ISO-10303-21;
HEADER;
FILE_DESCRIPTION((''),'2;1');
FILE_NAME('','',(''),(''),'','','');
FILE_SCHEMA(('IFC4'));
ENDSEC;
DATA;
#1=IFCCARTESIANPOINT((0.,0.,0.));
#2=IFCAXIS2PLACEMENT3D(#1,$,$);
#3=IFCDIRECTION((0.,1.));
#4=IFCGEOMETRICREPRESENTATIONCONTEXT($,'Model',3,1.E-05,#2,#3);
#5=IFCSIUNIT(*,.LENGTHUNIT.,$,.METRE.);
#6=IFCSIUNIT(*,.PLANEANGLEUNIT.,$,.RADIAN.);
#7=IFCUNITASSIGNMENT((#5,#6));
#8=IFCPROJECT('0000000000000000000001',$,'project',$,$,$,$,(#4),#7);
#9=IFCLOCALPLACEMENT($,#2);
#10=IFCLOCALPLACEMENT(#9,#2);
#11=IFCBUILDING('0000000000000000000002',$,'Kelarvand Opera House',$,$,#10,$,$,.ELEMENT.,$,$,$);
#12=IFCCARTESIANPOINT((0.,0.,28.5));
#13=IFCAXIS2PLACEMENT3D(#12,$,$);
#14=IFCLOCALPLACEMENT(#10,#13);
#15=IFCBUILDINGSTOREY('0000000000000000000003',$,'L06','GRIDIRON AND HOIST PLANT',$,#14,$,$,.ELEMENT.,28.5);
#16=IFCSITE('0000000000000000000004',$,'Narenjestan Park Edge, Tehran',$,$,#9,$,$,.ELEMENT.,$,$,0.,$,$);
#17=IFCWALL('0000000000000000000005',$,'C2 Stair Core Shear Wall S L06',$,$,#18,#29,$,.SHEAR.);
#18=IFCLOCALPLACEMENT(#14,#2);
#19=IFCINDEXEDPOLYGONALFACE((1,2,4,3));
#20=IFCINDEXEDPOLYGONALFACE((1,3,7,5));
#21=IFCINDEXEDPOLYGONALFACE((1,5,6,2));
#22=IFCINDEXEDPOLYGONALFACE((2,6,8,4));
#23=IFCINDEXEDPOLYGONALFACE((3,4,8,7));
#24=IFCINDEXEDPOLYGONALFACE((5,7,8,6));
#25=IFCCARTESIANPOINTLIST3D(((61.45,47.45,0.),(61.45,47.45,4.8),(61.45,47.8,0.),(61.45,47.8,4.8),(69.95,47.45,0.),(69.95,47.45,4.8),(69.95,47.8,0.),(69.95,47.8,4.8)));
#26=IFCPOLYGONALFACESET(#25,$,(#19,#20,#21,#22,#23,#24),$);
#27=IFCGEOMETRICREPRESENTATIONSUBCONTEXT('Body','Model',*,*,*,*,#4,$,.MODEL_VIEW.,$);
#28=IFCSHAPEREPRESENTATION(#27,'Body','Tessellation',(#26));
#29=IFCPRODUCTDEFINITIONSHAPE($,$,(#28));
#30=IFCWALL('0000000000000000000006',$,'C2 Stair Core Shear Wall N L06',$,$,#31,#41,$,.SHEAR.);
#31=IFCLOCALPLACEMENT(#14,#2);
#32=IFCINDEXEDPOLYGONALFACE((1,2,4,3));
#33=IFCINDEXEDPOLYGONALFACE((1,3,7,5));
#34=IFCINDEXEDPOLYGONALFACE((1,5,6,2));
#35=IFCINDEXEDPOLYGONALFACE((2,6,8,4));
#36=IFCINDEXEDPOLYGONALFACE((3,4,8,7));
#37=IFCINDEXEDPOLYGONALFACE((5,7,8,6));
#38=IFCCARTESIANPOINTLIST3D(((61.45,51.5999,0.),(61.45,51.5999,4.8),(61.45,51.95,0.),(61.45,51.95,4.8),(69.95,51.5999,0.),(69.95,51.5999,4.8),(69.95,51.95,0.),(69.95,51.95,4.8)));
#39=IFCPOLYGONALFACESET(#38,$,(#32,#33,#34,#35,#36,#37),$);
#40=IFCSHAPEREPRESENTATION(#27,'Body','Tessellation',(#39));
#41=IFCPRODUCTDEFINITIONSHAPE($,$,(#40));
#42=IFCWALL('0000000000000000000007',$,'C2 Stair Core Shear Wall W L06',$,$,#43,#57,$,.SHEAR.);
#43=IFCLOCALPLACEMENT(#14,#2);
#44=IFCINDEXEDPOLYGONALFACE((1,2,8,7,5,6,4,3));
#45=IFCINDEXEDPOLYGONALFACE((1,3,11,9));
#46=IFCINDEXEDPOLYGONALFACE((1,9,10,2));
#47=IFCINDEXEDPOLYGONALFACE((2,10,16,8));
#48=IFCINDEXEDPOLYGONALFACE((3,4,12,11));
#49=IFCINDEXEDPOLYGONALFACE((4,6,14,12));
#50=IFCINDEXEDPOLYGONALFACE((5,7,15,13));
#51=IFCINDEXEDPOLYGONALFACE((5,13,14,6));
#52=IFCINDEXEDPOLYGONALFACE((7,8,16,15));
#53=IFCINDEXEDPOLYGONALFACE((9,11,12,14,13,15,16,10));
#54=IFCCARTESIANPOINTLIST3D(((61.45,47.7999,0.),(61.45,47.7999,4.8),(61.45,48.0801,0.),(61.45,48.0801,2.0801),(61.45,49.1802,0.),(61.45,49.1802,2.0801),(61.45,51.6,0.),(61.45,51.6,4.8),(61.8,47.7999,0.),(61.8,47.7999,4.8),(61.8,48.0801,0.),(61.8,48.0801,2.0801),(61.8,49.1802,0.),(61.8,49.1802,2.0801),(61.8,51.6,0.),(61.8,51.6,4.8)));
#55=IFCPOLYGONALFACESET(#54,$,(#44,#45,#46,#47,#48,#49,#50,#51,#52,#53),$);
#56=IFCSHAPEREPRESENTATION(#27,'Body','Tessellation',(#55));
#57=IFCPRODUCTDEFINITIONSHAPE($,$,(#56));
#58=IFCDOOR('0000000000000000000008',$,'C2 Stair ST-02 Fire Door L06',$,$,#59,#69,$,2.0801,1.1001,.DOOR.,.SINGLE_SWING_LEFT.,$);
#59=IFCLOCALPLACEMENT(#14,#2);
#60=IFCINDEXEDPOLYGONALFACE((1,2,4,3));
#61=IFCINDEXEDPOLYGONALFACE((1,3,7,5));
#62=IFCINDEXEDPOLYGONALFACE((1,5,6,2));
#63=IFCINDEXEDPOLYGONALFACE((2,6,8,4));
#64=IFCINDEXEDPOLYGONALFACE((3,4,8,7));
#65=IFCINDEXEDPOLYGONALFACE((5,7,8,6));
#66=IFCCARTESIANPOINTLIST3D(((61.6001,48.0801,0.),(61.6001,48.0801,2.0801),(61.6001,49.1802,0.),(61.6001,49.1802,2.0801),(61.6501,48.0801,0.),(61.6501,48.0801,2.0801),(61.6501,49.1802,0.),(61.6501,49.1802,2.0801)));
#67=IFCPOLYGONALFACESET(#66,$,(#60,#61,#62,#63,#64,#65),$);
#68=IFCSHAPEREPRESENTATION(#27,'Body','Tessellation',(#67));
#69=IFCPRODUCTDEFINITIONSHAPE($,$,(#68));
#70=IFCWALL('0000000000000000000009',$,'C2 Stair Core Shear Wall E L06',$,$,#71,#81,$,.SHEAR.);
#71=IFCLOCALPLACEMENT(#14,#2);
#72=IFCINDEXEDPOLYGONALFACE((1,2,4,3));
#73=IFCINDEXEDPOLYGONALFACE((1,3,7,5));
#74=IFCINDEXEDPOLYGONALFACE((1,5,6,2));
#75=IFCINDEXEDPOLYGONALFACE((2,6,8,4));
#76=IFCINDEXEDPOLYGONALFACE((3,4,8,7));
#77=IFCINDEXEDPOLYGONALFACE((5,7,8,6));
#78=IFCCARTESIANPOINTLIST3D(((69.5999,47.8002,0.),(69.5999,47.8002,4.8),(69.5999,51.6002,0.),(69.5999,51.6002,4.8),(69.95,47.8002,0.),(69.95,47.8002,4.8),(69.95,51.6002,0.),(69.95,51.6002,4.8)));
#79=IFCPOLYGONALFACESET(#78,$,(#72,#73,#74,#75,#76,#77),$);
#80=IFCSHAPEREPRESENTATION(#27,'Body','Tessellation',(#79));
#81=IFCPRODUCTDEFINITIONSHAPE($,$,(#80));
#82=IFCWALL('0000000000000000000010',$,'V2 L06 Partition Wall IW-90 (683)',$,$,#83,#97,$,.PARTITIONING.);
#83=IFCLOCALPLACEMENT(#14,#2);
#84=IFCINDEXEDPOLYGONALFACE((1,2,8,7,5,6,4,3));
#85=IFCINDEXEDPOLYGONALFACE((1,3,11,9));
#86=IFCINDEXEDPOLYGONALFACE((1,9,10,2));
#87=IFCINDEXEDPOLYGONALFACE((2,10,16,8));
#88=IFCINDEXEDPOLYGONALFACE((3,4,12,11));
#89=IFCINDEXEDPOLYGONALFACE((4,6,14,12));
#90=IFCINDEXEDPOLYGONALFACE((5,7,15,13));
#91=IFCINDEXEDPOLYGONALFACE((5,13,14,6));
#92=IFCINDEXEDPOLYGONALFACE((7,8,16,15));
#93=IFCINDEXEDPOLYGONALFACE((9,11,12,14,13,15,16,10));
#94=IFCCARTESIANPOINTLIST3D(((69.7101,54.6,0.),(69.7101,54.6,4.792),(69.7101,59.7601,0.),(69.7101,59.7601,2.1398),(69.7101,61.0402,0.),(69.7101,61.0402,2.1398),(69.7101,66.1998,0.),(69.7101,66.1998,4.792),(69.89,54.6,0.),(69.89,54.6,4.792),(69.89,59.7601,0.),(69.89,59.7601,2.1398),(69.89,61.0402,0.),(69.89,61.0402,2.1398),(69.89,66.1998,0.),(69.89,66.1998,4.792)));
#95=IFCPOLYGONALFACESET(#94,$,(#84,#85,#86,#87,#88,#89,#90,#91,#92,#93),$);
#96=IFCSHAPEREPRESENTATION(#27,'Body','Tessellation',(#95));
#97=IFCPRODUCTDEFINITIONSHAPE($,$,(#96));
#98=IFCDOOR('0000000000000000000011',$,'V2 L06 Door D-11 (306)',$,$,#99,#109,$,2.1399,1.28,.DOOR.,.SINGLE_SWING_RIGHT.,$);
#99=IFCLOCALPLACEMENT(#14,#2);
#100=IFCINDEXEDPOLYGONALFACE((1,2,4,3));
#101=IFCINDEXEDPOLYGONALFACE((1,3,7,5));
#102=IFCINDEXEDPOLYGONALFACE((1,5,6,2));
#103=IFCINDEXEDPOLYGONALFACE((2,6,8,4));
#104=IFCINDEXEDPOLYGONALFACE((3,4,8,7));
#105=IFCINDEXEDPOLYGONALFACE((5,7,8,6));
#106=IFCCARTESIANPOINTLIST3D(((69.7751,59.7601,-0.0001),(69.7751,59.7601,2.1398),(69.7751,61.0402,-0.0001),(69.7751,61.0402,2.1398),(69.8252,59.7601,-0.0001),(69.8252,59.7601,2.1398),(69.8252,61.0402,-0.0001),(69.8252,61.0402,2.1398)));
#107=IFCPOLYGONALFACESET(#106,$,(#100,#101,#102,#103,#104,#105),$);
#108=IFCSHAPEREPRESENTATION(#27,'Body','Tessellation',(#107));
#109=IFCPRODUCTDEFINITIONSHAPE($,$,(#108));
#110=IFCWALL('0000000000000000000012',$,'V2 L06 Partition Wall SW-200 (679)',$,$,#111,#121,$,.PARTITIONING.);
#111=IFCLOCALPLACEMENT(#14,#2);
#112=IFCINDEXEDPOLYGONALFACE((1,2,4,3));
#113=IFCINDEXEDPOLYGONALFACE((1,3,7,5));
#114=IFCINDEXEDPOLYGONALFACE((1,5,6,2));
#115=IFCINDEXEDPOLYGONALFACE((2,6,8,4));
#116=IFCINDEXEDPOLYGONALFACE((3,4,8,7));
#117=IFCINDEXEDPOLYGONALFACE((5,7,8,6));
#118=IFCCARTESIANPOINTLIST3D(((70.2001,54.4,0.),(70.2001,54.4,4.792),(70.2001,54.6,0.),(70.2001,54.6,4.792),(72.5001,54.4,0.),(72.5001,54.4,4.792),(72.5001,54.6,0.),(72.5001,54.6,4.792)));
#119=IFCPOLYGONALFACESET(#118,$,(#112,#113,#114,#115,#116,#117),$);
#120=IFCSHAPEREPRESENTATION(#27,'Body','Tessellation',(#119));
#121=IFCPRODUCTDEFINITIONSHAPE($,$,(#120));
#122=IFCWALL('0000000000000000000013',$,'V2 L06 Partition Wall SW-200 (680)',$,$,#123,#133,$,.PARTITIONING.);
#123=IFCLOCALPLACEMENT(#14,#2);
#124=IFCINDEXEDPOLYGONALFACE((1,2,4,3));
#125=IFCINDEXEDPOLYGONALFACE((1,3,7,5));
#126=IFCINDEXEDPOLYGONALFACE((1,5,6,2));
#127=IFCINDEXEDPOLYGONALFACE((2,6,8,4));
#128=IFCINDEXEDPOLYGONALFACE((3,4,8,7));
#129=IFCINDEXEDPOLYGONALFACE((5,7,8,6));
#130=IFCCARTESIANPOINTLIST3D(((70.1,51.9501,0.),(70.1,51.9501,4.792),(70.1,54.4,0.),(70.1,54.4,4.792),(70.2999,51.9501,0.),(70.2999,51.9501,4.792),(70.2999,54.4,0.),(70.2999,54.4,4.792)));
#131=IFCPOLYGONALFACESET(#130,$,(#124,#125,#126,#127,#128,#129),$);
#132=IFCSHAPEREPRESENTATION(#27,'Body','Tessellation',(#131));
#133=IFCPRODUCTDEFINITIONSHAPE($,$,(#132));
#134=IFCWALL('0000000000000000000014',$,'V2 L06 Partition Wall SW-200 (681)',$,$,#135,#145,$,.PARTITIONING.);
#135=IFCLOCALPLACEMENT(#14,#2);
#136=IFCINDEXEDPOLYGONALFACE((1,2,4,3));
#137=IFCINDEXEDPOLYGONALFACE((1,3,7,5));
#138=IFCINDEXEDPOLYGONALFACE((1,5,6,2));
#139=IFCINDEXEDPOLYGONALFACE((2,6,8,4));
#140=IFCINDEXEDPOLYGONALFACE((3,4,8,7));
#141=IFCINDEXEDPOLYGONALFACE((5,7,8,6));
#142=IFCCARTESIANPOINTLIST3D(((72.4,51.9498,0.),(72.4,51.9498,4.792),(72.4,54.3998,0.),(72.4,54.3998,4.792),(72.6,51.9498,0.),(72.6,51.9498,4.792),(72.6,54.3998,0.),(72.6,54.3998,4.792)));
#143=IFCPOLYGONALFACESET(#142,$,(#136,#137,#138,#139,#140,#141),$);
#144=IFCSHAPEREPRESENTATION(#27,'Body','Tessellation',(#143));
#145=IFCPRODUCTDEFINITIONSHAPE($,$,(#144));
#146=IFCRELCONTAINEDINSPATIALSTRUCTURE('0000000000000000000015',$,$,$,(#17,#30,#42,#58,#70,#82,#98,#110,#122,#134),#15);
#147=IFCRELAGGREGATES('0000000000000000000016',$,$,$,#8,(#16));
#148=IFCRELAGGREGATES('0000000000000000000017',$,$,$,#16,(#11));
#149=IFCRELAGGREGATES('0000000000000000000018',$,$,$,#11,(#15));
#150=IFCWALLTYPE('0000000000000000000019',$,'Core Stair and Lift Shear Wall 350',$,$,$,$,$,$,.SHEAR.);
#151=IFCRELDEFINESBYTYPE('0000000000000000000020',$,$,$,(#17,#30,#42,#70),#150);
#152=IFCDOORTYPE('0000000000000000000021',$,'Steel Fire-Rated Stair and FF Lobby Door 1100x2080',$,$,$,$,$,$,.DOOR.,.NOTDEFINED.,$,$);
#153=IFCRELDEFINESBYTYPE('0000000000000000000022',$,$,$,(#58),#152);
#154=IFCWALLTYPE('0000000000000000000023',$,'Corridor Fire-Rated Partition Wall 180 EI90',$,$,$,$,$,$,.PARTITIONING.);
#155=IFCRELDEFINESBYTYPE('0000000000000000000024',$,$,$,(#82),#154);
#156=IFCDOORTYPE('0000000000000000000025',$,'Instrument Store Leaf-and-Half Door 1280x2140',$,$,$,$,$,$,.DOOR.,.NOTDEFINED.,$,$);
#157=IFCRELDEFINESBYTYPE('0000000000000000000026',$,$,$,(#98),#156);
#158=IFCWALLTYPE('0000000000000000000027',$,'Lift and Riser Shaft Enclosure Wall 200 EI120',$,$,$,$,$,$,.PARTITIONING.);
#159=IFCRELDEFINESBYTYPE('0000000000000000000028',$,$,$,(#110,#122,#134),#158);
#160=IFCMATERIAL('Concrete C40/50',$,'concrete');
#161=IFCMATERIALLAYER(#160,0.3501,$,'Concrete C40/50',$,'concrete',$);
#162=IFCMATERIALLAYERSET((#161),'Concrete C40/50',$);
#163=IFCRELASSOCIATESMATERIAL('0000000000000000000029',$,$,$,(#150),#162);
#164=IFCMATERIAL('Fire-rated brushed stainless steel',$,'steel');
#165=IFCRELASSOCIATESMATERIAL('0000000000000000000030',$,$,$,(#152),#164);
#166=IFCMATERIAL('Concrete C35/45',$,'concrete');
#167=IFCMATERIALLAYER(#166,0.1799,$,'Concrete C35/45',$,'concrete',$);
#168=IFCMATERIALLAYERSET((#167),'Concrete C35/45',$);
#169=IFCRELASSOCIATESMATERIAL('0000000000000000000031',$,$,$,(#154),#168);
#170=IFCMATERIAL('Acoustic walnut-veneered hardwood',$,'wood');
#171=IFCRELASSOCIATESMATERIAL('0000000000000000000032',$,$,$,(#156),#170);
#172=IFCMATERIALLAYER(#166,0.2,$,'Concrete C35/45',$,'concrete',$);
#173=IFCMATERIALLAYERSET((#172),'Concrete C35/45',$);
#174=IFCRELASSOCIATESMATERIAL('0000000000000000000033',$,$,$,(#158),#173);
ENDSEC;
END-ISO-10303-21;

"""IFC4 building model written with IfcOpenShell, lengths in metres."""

from ifc_helpers import new_model, si_unit, direction, frame, frame_2d, origin, place, context, subcontext, project, spatial, rectangle, extrude, material, layer, layer_set, type_object, element, fill, save


model = new_model("IFC4")

# Units and contexts
model_context = context("Model", 3, precision=1e-05, world=origin(), true_north=direction((0.0, 1.0)))
body_context = subcontext(model_context, "Body", "Model", "MODEL_VIEW")
ifc_project = project(units=[si_unit("LENGTHUNIT", "METRE"), si_unit("PLANEANGLEUNIT", "RADIAN")], contexts=[model_context])

# Site, building, storey
site_placement = place(None, origin())
site = spatial("IfcSite", under=ifc_project, at=site_placement, Name="Narenjestan Park Edge, Tehran", CompositionType="ELEMENT", RefElevation=0.0)
building_placement = place(site_placement, origin())
building = spatial("IfcBuilding", under=site, at=building_placement, Name="Kelarvand Opera House", CompositionType="ELEMENT")
storey_placement = place(building_placement, frame((0.0, 0.0, 28.5)))
storey = spatial("IfcBuildingStorey", under=building, at=storey_placement, Name="L06", Description="GRIDIRON AND HOIST PLANT", CompositionType="ELEMENT", Elevation=28.5)

# Shared definitions
ifc_material_1 = material(Name="Concrete C40/50", Category="concrete")

# Shared definitions
ifc_material_2 = material(Name="Concrete C35/45", Category="concrete")

# Walls
ifc_layer_1 = layer(ifc_material_1, 0.3501, Name="Concrete C40/50", Category="concrete")
ifc_layer_set_1 = layer_set([ifc_layer_1], Name="Concrete C40/50")
wall_type_1 = type_object("IfcWallType", Name="Core Stair and Lift Shear Wall 350", PredefinedType="SHEAR", material=ifc_layer_set_1)
for number, where, z_axis, x_axis, name in (
    (1, (61.45, 47.625, 0.0), (0.0, 0.0, 1.0), (1.0, 0.0, 0.0), "C2 Stair Core Shear Wall S L06"),
    (2, (69.95, 51.7749, 0.0), (0.0, 0.0, 1.0), (-1.0, 0.0, 0.0), "C2 Stair Core Shear Wall N L06"),
):
    element("IfcWall", number, at=place(storey_placement, frame(where, z_axis=z_axis, x_axis=x_axis)), inside=storey, type_object=wall_type_1, Name=name, PredefinedType="SHEAR", context=body_context, shape_type="SweptSolid", body=[
        extrude(rectangle(XDim=8.5, YDim=0.3501, at=frame_2d((4.25, 0.0))), origin(), (0.0, 0.0, 1.0), 4.8),
    ])

# Wall, opening, door
wall_1_placement = place(storey_placement, frame((61.625, 47.8, 0.0), z_axis=(0.0, 0.0, 1.0), x_axis=(0.0, 1.0, 0.0)))
wall_1 = element("IfcWall", 3, at=wall_1_placement, inside=storey, type_object=wall_type_1, Name="C2 Stair Core Shear Wall W L06", PredefinedType="SHEAR", context=body_context, shape_type="SweptSolid", body=[
    extrude(rectangle(XDim=3.8, YDim=0.3501, at=frame_2d((1.8999, 0.0))), origin(), (0.0, 0.0, 1.0), 4.8),
])
opening_1_placement = place(wall_1_placement, frame((0.28, 0.0, 0.0)))
opening_1 = element("IfcOpeningElement", 4, at=opening_1_placement, cuts=wall_1, PredefinedType="OPENING", context=body_context, shape_type="SweptSolid", body=[
    extrude(rectangle(XDim=1.1001, YDim=2.0801, at=frame_2d((0.55, 1.04))), frame((0.0, 0.1851, 0.0), z_axis=(0.0, -1.0, 0.0), x_axis=(1.0, 0.0, 0.0)), (0.0, 0.0, 1.0), 0.3701),
])
ifc_material_3 = material(Name="Fire-rated brushed stainless steel", Category="steel")
door_type_1 = type_object("IfcDoorType", Name="Steel Fire-Rated Stair and FF Lobby Door 1100x2080", OperationType="NOTDEFINED", PredefinedType="DOOR", material=ifc_material_3)
door_1_placement = place(opening_1_placement, origin())
door_1 = element("IfcDoor", 5, at=door_1_placement, inside=storey, type_object=door_type_1, Name="C2 Stair ST-02 Fire Door L06", OperationType="SINGLE_SWING_LEFT", OverallHeight=2.0801, OverallWidth=1.1001, PredefinedType="DOOR", context=body_context, shape_type="SweptSolid", body=[
    extrude(rectangle(XDim=1.1001, YDim=2.0801, at=frame_2d((0.55, 1.04))), frame((0.0, 0.0249, 0.0), z_axis=(0.0, -1.0, 0.0), x_axis=(1.0, 0.0, 0.0)), (0.0, 0.0, 1.0), 0.05),
])
fill(opening_1, door_1)

# Wall
wall_2_placement = place(storey_placement, frame((69.7749, 51.6001, 0.0), z_axis=(0.0, 0.0, 1.0), x_axis=(0.0, -1.0, 0.0)))
element("IfcWall", 6, at=wall_2_placement, inside=storey, type_object=wall_type_1, Name="C2 Stair Core Shear Wall E L06", PredefinedType="SHEAR", context=body_context, shape_type="SweptSolid", body=[
    extrude(rectangle(XDim=3.8, YDim=0.3501, at=frame_2d((1.8999, 0.0))), origin(), (0.0, 0.0, 1.0), 4.8),
])

# Wall, opening, door
ifc_layer_2 = layer(ifc_material_2, 0.1799, Name="Concrete C35/45", Category="concrete")
ifc_layer_set_2 = layer_set([ifc_layer_2], Name="Concrete C35/45")
wall_type_2 = type_object("IfcWallType", Name="Corridor Fire-Rated Partition Wall 180 EI90", PredefinedType="PARTITIONING", material=ifc_layer_set_2)
wall_3_placement = place(storey_placement, frame((69.8, 54.6001, 0.0), z_axis=(0.0, 0.0, 1.0), x_axis=(0.0, 1.0, 0.0)))
wall_3 = element("IfcWall", 7, at=wall_3_placement, inside=storey, type_object=wall_type_2, Name="V2 L06 Partition Wall IW-90 (683)", PredefinedType="PARTITIONING", context=body_context, shape_type="SweptSolid", body=[
    extrude(rectangle(XDim=11.5999, YDim=0.1799, at=frame_2d((5.7998, 0.0))), origin(), (0.0, 0.0, 1.0), 4.792),
])
opening_2_placement = place(wall_3_placement, frame((5.1599, 0.0, 0.0)))
opening_2 = element("IfcOpeningElement", 8, at=opening_2_placement, cuts=wall_3, PredefinedType="OPENING", context=body_context, shape_type="SweptSolid", body=[
    extrude(rectangle(XDim=1.28, YDim=2.1399, at=frame_2d((0.6401, 1.0698))), frame((0.0, 0.1001, 0.0), z_axis=(0.0, -1.0, 0.0), x_axis=(1.0, 0.0, 0.0)), (0.0, 0.0, 1.0), 0.2),
])
ifc_material_4 = material(Name="Acoustic walnut-veneered hardwood", Category="wood")
door_type_2 = type_object("IfcDoorType", Name="Instrument Store Leaf-and-Half Door 1280x2140", OperationType="NOTDEFINED", PredefinedType="DOOR", material=ifc_material_4)
door_2_placement = place(opening_2_placement, origin())
door_2 = element("IfcDoor", 9, at=door_2_placement, inside=storey, type_object=door_type_2, Name="V2 L06 Door D-11 (306)", OperationType="SINGLE_SWING_RIGHT", OverallHeight=2.1399, OverallWidth=1.28, PredefinedType="DOOR", context=body_context, shape_type="SweptSolid", body=[
    extrude(rectangle(XDim=1.28, YDim=2.1399, at=frame_2d((0.6401, 1.0698))), frame((0.0, 0.0249, 0.0), z_axis=(0.0, -1.0, 0.0), x_axis=(1.0, 0.0, 0.0)), (0.0, 0.0, 1.0), 0.05),
])
fill(opening_2, door_2)
ifc_layer_3 = layer(ifc_material_2, 0.2, Name="Concrete C35/45", Category="concrete")
ifc_layer_set_3 = layer_set([ifc_layer_3], Name="Concrete C35/45")
wall_type_3 = type_object("IfcWallType", Name="Lift and Riser Shaft Enclosure Wall 200 EI120", PredefinedType="PARTITIONING", material=ifc_layer_set_3)

# Walls
wall_4_placement = place(storey_placement, frame((72.5, 54.5, 0.0), z_axis=(0.0, 0.0, 1.0), x_axis=(-1.0, 0.0, 0.0)))
element("IfcWall", 10, at=wall_4_placement, inside=storey, type_object=wall_type_3, Name="V2 L06 Partition Wall SW-200 (679)", PredefinedType="PARTITIONING", context=body_context, shape_type="SweptSolid", body=[
    extrude(rectangle(XDim=2.3, YDim=0.2, at=frame_2d((1.1499, 0.0))), origin(), (0.0, 0.0, 1.0), 4.792),
])
for number, where, z_axis, x_axis, name in (
    (11, (70.2, 51.95, 0.0), (0.0, 0.0, 1.0), (0.0, 1.0, 0.0), "V2 L06 Partition Wall SW-200 (680)"),
    (12, (72.5, 54.3999, 0.0), (0.0, 0.0, 1.0), (0.0, -1.0, 0.0), "V2 L06 Partition Wall SW-200 (681)"),
):
    element("IfcWall", number, at=place(storey_placement, frame(where, z_axis=z_axis, x_axis=x_axis)), inside=storey, type_object=wall_type_3, Name=name, PredefinedType="PARTITIONING", context=body_context, shape_type="SweptSolid", body=[
        extrude(rectangle(XDim=2.45, YDim=0.2, at=frame_2d((1.2251, 0.0))), origin(), (0.0, 0.0, 1.0), 4.792),
    ])

save(model, "model.ifc")
